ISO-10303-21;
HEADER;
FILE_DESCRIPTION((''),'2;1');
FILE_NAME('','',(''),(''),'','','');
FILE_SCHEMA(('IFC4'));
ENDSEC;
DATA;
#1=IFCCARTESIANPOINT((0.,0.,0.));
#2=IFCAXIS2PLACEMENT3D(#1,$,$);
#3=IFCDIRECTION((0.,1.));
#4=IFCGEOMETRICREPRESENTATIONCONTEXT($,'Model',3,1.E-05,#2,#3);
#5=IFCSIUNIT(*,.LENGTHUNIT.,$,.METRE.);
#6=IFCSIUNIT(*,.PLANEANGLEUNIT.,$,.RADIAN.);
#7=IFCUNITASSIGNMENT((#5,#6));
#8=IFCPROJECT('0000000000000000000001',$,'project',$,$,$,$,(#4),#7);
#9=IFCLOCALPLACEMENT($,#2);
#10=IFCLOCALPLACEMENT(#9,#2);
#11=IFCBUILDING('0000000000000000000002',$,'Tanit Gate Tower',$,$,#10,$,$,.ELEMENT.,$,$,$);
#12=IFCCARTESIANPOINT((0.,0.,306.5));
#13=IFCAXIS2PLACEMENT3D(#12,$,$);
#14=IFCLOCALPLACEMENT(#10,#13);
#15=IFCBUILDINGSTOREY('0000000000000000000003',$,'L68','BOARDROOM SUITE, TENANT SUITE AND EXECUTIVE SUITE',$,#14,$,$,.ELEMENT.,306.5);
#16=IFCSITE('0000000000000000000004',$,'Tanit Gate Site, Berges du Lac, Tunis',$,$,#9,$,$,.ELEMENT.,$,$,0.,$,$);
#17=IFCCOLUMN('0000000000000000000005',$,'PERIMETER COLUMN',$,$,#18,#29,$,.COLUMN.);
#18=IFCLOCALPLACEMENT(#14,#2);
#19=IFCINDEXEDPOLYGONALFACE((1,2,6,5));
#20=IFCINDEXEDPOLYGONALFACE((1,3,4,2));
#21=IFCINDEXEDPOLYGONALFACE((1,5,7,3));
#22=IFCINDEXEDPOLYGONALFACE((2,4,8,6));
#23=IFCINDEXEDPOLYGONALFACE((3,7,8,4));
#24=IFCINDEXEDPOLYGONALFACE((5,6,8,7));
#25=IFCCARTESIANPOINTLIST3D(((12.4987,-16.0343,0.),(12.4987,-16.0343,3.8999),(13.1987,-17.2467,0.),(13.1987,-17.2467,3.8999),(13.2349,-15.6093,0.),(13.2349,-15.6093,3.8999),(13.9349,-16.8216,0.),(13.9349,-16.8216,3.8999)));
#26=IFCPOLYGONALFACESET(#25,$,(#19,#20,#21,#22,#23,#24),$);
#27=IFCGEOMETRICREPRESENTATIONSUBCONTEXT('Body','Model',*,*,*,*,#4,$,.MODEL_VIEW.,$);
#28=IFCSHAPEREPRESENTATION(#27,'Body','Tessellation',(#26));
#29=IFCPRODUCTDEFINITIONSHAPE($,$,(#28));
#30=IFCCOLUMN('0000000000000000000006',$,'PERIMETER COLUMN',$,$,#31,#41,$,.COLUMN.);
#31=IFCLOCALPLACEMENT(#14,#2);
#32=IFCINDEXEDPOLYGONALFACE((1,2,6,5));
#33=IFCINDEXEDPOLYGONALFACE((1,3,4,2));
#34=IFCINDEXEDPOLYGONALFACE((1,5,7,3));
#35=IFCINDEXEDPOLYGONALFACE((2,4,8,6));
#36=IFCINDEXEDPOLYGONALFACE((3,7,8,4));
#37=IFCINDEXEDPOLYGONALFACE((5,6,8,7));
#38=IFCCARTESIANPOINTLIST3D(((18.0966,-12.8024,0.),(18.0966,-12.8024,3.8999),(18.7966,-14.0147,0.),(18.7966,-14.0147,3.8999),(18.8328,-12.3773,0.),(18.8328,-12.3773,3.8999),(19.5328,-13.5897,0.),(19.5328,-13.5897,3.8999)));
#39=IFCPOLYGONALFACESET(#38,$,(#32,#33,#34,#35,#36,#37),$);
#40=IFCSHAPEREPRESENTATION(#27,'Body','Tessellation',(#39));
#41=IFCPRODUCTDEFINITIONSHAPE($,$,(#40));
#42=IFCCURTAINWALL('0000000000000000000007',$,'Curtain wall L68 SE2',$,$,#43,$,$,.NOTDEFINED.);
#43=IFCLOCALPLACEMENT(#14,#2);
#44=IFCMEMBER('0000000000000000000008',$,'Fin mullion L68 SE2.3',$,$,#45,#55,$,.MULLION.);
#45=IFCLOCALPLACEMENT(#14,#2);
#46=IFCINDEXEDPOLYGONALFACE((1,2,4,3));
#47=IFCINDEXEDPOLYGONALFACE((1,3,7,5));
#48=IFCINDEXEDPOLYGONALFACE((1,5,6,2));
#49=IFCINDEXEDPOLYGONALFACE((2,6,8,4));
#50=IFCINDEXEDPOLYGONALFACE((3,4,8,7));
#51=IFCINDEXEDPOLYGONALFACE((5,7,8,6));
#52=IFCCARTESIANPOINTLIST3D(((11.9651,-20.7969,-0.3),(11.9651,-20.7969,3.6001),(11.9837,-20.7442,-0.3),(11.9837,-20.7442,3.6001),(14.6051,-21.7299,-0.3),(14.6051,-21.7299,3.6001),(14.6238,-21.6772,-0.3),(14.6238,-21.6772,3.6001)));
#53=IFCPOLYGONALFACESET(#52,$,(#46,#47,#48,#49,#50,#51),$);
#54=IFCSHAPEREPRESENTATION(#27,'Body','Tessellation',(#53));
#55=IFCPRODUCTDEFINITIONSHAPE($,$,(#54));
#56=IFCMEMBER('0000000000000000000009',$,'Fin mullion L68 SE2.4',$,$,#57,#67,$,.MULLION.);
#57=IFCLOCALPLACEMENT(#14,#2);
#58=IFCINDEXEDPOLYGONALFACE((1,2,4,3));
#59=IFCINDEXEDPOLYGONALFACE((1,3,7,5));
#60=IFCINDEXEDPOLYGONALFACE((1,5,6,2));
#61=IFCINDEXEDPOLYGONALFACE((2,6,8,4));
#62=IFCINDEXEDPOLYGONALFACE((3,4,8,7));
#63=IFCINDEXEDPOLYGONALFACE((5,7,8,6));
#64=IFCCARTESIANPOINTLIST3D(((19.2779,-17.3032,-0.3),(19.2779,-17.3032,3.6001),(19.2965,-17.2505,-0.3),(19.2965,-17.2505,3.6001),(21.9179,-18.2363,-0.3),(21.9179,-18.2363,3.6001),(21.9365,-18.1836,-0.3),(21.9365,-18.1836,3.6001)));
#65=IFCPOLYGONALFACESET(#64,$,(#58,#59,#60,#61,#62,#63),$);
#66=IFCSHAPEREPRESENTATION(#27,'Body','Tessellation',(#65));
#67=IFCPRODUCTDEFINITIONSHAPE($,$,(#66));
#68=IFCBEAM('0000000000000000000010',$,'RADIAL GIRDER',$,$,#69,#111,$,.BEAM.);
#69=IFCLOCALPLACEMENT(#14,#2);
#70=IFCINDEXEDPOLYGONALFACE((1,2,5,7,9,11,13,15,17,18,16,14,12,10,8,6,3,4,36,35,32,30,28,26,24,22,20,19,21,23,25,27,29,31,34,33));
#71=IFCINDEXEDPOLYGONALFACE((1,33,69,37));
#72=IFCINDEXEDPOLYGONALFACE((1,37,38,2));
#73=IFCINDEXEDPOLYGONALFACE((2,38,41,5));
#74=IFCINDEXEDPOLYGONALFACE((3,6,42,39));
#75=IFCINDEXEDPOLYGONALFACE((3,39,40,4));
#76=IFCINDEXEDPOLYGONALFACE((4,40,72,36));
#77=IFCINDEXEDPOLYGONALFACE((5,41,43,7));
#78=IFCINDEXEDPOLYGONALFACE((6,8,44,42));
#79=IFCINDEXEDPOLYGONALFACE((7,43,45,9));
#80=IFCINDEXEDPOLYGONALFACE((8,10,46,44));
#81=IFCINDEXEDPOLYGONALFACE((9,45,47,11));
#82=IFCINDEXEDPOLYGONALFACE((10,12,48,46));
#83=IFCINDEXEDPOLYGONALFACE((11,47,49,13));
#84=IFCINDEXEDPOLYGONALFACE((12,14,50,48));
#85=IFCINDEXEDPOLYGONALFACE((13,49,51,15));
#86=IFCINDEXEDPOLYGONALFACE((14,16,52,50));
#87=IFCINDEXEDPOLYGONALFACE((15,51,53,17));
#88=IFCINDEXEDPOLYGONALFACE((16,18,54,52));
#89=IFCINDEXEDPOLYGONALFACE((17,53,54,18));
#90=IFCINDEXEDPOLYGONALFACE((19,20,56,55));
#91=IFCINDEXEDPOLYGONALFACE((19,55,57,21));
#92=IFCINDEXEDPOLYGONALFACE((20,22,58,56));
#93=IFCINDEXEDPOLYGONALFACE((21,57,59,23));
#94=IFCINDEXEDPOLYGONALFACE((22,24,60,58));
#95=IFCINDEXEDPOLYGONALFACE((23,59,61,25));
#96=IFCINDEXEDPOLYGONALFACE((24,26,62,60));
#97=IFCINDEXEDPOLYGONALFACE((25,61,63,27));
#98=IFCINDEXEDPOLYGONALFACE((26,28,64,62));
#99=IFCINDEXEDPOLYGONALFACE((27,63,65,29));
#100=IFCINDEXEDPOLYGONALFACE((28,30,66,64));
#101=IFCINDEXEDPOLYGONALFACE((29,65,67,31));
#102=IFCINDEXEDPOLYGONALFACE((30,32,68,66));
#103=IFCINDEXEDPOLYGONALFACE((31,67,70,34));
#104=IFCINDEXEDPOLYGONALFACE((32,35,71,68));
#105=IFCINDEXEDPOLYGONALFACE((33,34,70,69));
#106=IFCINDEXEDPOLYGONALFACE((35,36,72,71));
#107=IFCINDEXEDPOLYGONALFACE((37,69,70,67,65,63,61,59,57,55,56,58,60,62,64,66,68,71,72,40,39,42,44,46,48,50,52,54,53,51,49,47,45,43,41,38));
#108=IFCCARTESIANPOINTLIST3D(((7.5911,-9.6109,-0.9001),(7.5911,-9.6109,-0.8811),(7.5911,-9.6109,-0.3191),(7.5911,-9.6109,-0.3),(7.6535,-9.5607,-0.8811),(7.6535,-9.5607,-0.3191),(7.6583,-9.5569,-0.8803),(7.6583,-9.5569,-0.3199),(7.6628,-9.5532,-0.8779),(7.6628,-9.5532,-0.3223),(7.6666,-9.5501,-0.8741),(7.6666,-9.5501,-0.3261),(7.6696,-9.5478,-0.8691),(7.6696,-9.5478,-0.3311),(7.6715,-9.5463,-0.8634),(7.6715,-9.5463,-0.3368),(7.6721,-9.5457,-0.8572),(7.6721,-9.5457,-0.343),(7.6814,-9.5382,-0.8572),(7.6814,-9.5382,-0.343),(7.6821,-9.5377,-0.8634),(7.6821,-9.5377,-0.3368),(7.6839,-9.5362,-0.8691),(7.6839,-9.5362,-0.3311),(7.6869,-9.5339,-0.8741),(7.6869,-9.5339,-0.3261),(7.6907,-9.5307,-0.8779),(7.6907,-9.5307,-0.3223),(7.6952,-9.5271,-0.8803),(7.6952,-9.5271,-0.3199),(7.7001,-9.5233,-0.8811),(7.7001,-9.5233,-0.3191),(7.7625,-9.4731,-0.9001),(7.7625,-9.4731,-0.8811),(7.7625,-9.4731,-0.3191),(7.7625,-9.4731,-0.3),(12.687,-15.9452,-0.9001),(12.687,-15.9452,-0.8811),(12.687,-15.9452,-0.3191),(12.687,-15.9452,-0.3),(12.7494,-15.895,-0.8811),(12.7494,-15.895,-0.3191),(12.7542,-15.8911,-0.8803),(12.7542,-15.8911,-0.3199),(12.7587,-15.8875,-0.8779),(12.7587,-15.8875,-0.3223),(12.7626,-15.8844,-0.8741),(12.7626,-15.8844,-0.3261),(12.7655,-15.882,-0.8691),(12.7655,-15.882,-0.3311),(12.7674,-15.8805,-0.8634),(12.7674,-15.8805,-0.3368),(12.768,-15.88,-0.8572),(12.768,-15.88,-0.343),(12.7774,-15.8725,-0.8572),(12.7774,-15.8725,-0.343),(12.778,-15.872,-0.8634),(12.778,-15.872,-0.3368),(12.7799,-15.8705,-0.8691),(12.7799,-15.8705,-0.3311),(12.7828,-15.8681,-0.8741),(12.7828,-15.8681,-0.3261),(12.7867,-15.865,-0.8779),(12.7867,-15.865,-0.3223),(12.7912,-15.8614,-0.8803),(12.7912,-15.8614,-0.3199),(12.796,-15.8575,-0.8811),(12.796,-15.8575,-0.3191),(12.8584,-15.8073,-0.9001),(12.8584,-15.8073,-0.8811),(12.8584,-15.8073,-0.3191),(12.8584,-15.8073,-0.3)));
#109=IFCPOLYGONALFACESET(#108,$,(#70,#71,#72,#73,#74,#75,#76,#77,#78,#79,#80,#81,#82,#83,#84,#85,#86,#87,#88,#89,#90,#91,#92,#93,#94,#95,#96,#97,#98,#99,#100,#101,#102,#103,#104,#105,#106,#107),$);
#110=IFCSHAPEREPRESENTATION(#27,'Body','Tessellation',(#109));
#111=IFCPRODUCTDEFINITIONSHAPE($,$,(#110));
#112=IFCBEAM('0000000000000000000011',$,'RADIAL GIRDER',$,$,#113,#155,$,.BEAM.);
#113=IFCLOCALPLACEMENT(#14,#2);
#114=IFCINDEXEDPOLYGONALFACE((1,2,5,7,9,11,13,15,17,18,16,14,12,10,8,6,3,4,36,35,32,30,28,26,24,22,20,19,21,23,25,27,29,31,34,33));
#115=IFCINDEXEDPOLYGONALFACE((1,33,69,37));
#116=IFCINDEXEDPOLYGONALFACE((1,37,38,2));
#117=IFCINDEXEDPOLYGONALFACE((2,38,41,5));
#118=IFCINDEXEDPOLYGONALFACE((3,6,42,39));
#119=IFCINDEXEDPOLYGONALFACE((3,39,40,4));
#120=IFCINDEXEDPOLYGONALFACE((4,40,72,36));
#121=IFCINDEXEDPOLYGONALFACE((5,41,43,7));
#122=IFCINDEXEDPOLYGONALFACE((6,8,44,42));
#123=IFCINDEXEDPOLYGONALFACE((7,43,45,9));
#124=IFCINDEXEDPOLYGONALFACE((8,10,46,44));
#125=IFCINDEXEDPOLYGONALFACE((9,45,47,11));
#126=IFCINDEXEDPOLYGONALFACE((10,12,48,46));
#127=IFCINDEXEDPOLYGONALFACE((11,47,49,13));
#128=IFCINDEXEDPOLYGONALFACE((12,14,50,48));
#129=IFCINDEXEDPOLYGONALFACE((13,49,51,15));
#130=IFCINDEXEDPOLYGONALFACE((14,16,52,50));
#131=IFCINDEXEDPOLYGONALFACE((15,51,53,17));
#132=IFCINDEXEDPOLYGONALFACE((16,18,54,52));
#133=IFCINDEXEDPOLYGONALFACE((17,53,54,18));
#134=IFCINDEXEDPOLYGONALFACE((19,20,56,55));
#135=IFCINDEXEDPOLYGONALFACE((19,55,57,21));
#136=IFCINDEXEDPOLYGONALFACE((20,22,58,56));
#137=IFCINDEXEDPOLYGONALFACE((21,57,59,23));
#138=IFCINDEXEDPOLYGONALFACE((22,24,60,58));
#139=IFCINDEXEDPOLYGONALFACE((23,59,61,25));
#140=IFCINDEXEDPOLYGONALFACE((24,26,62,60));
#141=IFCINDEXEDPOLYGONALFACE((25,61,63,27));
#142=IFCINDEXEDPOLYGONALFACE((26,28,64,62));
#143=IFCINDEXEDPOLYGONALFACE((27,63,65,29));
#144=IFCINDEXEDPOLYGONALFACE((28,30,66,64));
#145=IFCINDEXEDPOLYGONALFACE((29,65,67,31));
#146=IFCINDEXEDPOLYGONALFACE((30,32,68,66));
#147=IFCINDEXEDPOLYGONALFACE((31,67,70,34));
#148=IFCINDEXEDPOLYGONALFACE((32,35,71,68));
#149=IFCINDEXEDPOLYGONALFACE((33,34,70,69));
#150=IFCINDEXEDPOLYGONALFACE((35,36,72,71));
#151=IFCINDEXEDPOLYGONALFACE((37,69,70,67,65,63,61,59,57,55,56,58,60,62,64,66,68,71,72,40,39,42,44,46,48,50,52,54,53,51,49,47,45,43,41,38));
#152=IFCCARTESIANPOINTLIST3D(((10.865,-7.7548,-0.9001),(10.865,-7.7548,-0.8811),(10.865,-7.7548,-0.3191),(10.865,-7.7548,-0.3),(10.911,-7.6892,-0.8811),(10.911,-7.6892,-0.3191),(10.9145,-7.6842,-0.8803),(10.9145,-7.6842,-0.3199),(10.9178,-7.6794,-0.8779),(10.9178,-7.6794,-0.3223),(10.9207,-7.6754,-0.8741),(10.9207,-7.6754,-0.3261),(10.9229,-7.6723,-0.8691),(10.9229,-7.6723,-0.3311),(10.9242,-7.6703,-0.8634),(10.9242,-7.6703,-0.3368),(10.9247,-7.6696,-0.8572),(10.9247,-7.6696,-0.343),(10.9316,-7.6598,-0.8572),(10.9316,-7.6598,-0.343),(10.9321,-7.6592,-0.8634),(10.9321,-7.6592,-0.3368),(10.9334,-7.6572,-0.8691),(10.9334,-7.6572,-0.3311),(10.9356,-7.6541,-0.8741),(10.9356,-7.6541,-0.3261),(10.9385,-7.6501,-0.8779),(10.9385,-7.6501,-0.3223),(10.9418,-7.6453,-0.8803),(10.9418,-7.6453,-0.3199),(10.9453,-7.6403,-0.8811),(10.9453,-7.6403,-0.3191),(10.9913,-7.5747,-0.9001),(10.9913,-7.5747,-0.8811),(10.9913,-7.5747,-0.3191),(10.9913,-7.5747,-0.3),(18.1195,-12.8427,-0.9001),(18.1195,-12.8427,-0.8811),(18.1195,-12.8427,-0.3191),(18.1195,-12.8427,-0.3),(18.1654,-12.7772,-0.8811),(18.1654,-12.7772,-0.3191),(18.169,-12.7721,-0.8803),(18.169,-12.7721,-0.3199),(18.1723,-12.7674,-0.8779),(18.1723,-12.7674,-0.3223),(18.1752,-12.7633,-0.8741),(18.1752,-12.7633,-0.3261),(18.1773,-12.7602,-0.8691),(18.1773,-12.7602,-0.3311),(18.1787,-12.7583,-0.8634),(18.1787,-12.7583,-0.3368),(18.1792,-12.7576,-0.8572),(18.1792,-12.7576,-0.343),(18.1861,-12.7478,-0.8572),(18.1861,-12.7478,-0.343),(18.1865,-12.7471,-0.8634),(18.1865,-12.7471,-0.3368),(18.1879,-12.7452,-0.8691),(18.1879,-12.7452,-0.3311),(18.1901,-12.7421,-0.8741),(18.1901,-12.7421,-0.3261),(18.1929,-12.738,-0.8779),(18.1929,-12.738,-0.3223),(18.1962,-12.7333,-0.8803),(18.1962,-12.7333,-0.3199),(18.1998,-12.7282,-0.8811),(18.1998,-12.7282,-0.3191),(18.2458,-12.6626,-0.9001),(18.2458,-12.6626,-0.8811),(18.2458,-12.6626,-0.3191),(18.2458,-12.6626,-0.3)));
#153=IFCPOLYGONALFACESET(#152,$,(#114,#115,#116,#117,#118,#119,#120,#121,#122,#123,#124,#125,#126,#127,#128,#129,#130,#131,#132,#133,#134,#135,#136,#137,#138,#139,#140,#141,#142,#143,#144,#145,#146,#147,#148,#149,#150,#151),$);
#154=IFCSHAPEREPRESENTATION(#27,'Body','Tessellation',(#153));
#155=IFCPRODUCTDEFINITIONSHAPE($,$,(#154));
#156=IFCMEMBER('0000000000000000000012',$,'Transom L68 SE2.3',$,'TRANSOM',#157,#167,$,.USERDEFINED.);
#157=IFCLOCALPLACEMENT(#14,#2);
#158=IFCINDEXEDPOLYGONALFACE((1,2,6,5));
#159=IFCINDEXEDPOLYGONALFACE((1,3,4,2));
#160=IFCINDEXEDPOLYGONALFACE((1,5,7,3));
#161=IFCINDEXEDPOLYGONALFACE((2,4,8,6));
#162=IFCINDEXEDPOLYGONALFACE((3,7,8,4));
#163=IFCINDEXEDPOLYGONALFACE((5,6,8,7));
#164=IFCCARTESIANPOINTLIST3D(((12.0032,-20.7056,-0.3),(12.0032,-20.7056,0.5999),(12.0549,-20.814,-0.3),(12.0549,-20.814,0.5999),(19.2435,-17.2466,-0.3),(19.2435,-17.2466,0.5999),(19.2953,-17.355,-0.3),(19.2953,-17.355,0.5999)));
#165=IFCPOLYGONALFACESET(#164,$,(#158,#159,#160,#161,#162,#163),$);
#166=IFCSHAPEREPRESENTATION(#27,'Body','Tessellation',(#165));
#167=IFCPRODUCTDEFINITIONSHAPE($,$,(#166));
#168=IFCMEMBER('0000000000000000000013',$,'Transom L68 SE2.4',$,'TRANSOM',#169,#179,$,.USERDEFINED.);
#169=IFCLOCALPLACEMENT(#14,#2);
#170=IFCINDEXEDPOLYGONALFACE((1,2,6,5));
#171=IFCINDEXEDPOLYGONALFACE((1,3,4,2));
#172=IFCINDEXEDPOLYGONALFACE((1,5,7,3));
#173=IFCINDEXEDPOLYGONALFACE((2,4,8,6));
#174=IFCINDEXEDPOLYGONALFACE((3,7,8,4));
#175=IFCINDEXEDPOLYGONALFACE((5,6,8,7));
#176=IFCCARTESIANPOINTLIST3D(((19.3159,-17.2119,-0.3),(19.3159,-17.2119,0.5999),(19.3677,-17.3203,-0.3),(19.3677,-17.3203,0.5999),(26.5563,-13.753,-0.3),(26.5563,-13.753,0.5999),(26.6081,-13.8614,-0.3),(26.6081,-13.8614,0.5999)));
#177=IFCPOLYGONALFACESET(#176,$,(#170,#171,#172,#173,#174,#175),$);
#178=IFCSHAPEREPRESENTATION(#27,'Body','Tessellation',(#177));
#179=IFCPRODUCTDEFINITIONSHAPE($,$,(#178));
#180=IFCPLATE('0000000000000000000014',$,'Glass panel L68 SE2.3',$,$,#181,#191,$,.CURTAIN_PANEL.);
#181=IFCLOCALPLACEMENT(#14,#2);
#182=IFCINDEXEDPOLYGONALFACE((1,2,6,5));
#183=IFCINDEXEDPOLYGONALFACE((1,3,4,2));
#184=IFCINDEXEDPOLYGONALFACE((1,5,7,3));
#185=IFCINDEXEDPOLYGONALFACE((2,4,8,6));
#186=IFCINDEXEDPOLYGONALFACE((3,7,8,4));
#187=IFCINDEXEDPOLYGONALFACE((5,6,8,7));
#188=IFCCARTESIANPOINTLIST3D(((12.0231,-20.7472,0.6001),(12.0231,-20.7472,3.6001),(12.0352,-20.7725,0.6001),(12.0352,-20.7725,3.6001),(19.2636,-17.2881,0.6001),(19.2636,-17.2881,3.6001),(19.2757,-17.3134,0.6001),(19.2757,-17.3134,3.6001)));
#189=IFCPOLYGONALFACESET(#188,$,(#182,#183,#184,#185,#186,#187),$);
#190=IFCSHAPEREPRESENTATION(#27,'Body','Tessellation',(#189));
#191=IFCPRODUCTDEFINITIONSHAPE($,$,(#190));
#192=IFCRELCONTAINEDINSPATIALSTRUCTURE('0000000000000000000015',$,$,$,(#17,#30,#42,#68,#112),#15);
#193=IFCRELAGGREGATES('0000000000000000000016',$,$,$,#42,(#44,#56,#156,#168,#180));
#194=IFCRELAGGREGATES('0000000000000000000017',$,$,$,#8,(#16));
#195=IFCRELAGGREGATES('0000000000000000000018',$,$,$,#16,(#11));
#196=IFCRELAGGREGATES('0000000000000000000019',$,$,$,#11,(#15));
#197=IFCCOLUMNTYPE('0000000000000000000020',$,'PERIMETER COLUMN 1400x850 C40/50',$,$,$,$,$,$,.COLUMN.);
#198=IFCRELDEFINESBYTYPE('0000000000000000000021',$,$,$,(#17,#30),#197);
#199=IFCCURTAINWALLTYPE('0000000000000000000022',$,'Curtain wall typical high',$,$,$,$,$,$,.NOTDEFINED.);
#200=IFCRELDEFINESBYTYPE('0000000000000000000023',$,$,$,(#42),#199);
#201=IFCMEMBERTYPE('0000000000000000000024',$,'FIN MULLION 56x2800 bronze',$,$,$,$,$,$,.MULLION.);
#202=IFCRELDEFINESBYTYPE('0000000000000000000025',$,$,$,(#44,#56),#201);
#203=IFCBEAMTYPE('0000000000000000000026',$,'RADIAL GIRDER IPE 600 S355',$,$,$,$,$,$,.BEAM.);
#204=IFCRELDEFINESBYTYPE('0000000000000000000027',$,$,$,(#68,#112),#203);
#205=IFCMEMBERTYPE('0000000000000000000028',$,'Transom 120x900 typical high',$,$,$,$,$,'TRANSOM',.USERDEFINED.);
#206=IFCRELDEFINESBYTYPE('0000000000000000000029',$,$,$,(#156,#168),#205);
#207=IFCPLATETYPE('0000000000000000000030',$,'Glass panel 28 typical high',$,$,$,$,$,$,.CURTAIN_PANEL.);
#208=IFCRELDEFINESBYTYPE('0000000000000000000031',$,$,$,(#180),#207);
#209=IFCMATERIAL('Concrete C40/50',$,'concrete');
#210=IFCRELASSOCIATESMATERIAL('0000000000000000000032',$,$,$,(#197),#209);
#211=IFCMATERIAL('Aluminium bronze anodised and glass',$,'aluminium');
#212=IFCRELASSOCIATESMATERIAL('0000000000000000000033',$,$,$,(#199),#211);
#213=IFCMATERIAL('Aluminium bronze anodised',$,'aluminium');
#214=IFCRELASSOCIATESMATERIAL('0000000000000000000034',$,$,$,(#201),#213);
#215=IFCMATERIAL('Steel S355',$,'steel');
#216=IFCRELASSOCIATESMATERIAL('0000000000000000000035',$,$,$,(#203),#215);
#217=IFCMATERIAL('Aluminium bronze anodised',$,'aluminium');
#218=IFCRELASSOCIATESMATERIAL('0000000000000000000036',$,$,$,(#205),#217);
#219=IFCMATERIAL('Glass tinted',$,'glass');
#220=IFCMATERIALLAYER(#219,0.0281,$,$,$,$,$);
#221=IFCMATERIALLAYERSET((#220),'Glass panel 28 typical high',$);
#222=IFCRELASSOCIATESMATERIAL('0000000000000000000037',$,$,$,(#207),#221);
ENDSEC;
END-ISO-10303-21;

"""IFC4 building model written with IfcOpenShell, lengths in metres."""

from ifc_helpers import new_model, si_unit, direction, frame, origin, origin_2d, place, context, subcontext, project, spatial, rectangle, i_section, extrude, material, layer, layer_set, material_profile, profile_set, type_object, element, aggregate, save


model = new_model("IFC4")

# Units and contexts
model_context = context("Model", 3, precision=1e-05, world=origin(), true_north=direction((0.0, 1.0)))
body_context = subcontext(model_context, "Body", "Model", "MODEL_VIEW")
ifc_project = project(units=[si_unit("LENGTHUNIT", "METRE"), si_unit("PLANEANGLEUNIT", "RADIAN")], contexts=[model_context])

# Site, building, storey
site_placement = place(None, origin())
site = spatial("IfcSite", under=ifc_project, at=site_placement, Name="Tanit Gate Site, Berges du Lac, Tunis", CompositionType="ELEMENT", RefElevation=0.0)
building_placement = place(site_placement, origin())
building = spatial("IfcBuilding", under=site, at=building_placement, Name="Tanit Gate Tower", CompositionType="ELEMENT")
storey_placement = place(building_placement, frame((0.0, 0.0, 306.5)))
storey = spatial("IfcBuildingStorey", under=building, at=storey_placement, Name="L68", Description="BOARDROOM SUITE, TENANT SUITE AND EXECUTIVE SUITE", CompositionType="ELEMENT", Elevation=306.5)

# Columns
ifc_material_1 = material(Name="Concrete C40/50", Category="concrete")
ifc_material_profile_1 = material_profile(ifc_material_1, rectangle(XDim=1.3999, YDim=0.8501, at=origin_2d()), Name="RC 1400x850")
ifc_profile_set_1 = profile_set([ifc_material_profile_1], Name="Concrete C40/50")
column_type = type_object("IfcColumnType", Name="PERIMETER COLUMN 1400x850 C40/50", PredefinedType="COLUMN", material=ifc_profile_set_1)
for number, where, z_axis, x_axis, name in (
    (1, (13.2168, -16.428, 0.0), (0.0, 0.0, 1.0), (0.5, -0.866025, 0.0), "PERIMETER COLUMN"),
    (2, (18.8147, -13.196, 0.0), (0.0, 0.0, 1.0), (0.5, -0.866025, 0.0), "PERIMETER COLUMN"),
):
    element("IfcColumn", number, at=place(storey_placement, frame(where, z_axis=z_axis, x_axis=x_axis)), inside=storey, type_object=column_type, Name=name, PredefinedType="COLUMN", context=body_context, shape_type="SweptSolid", body=[
        extrude(rectangle(XDim=1.3999, YDim=0.8501, at=origin_2d()), origin(), (0.0, 0.0, 1.0), 3.8999),
    ])

# Curtain wall, members
ifc_material_2 = material(Name="Aluminium bronze anodised and glass", Category="aluminium")
curtain_wall_type = type_object("IfcCurtainWallType", Name="Curtain wall typical high", PredefinedType="NOTDEFINED", material=ifc_material_2)
curtain_wall_placement = place(storey_placement, origin())
curtain_wall = element("IfcCurtainWall", 3, at=curtain_wall_placement, inside=storey, type_object=curtain_wall_type, Name="Curtain wall L68 SE2", PredefinedType="NOTDEFINED")
ifc_material_3 = material(Name="Aluminium bronze anodised", Category="aluminium")
ifc_material_profile_2 = material_profile(ifc_material_3, rectangle(XDim=2.8, YDim=0.0559, at=origin_2d()), Name="56x2800 bronze fin mullion")
ifc_profile_set_2 = profile_set([ifc_material_profile_2], Name="Aluminium bronze anodised")
member_type_1 = type_object("IfcMemberType", Name="FIN MULLION 56x2800 bronze", PredefinedType="MULLION", material=ifc_profile_set_2)
member_1_placement = place(storey_placement, frame((13.2944, -21.2371, -0.3), z_axis=(0.0, 0.0, 1.0), x_axis=(-0.942849, 0.33322, 0.0)))
member_1 = element("IfcMember", 4, at=member_1_placement, type_object=member_type_1, Name="Fin mullion L68 SE2.3", PredefinedType="MULLION", context=body_context, shape_type="SweptSolid", body=[
    extrude(rectangle(XDim=2.8, YDim=0.0559, at=origin_2d()), origin(), (0.0, 0.0, 1.0), 3.9001),
])
member_2_placement = place(storey_placement, frame((20.6072, -17.7434, -0.3), z_axis=(0.0, 0.0, 1.0), x_axis=(-0.942849, 0.33322, 0.0)))
member_2 = element("IfcMember", 5, at=member_2_placement, type_object=member_type_1, Name="Fin mullion L68 SE2.4", PredefinedType="MULLION", context=body_context, shape_type="SweptSolid", body=[
    extrude(rectangle(XDim=2.8, YDim=0.0559, at=origin_2d()), origin(), (0.0, 0.0, 1.0), 3.9001),
])

# Beams
ifc_material_4 = material(Name="Steel S355", Category="steel")
ifc_material_profile_3 = material_profile(ifc_material_4, i_section(OverallWidth=0.22, OverallDepth=0.6001, WebThickness=0.012, FlangeThickness=0.019, FilletRadius=0.0239, at=origin_2d()), Name="IPE 600")
ifc_profile_set_3 = profile_set([ifc_material_profile_3], Name="Steel S355")
beam_type = type_object("IfcBeamType", Name="RADIAL GIRDER IPE 600 S355", PredefinedType="BEAM", material=ifc_profile_set_3)
beam_1_placement = place(storey_placement, frame((12.7727, -15.8762, -0.6001), z_axis=(-0.626835, 0.779152, 0.0), x_axis=(-0.779152, -0.626835, 0.0)))
element("IfcBeam", 6, at=beam_1_placement, inside=storey, type_object=beam_type, Name="RADIAL GIRDER", PredefinedType="BEAM", context=body_context, shape_type="SweptSolid", body=[
    extrude(i_section(OverallWidth=0.22, OverallDepth=0.6001, WebThickness=0.012, FlangeThickness=0.019, FilletRadius=0.0239, at=origin_2d()), origin(), (0.0, 0.0, 1.0), 8.1296),
])
beam_2_placement = place(storey_placement, frame((18.1826, -12.7527, -0.6001), z_axis=(-0.818711, 0.574205, 0.0), x_axis=(-0.574205, -0.818711, 0.0)))
element("IfcBeam", 7, at=beam_2_placement, inside=storey, type_object=beam_type, Name="RADIAL GIRDER", PredefinedType="BEAM", context=body_context, shape_type="SweptSolid", body=[
    extrude(i_section(OverallWidth=0.22, OverallDepth=0.6001, WebThickness=0.012, FlangeThickness=0.019, FilletRadius=0.0239, at=origin_2d()), origin(), (0.0, 0.0, 1.0), 8.8608),
])

# Members
ifc_material_5 = material(Name="Aluminium bronze anodised", Category="aluminium")
ifc_material_profile_4 = material_profile(ifc_material_5, rectangle(XDim=0.1201, YDim=0.8999, at=origin_2d()), Name="120x900 bronze transom")
ifc_profile_set_4 = profile_set([ifc_material_profile_4], Name="Aluminium bronze anodised")
member_type_2 = type_object("IfcMemberType", Name="Transom 120x900 typical high", ElementType="TRANSOM", PredefinedType="USERDEFINED", material=ifc_profile_set_4)
member_3_placement = place(storey_placement, frame((12.0291, -20.7598, 0.1499), z_axis=(0.902321, 0.431065, 0.0), x_axis=(-0.431065, 0.902321, 0.0)))
member_3 = element("IfcMember", 8, at=member_3_placement, type_object=member_type_2, Name="Transom L68 SE2.3", ObjectType="TRANSOM", PredefinedType="USERDEFINED", context=body_context, shape_type="SweptSolid", body=[
    extrude(rectangle(XDim=0.1201, YDim=0.8999, at=origin_2d()), origin(), (0.0, 0.0, 1.0), 8.0242),
])
member_4_placement = place(storey_placement, frame((19.3418, -17.2661, 0.1499), z_axis=(0.902321, 0.431065, 0.0), x_axis=(-0.431065, 0.902321, 0.0)))
member_4 = element("IfcMember", 9, at=member_4_placement, type_object=member_type_2, Name="Transom L68 SE2.4", ObjectType="TRANSOM", PredefinedType="USERDEFINED", context=body_context, shape_type="SweptSolid", body=[
    extrude(rectangle(XDim=0.1201, YDim=0.8999, at=origin_2d()), origin(), (0.0, 0.0, 1.0), 8.0242),
])

# Plate
ifc_material_6 = material(Name="Glass tinted", Category="glass")
ifc_layer_1 = layer(ifc_material_6, 0.0281)
ifc_layer_set_1 = layer_set([ifc_layer_1], Name="Glass panel 28 typical high")
plate_type = type_object("IfcPlateType", Name="Glass panel 28 typical high", PredefinedType="CURTAIN_PANEL", material=ifc_layer_set_1)
plate_placement = place(storey_placement, frame((15.6494, -19.0303, 0.6001), z_axis=(0.0, 0.0, 1.0), x_axis=(0.902317, 0.431073, 0.0)))
plate = element("IfcPlate", 10, at=plate_placement, type_object=plate_type, Name="Glass panel L68 SE2.3", PredefinedType="CURTAIN_PANEL", context=body_context, shape_type="SweptSolid", body=[
    extrude(rectangle(XDim=8.0244, YDim=0.0281, at=origin_2d()), origin(), (0.0, 0.0, 1.0), 3.0),
])
aggregate(curtain_wall, [member_1, member_2, member_3, member_4, plate])

save(model, "model.ifc")
